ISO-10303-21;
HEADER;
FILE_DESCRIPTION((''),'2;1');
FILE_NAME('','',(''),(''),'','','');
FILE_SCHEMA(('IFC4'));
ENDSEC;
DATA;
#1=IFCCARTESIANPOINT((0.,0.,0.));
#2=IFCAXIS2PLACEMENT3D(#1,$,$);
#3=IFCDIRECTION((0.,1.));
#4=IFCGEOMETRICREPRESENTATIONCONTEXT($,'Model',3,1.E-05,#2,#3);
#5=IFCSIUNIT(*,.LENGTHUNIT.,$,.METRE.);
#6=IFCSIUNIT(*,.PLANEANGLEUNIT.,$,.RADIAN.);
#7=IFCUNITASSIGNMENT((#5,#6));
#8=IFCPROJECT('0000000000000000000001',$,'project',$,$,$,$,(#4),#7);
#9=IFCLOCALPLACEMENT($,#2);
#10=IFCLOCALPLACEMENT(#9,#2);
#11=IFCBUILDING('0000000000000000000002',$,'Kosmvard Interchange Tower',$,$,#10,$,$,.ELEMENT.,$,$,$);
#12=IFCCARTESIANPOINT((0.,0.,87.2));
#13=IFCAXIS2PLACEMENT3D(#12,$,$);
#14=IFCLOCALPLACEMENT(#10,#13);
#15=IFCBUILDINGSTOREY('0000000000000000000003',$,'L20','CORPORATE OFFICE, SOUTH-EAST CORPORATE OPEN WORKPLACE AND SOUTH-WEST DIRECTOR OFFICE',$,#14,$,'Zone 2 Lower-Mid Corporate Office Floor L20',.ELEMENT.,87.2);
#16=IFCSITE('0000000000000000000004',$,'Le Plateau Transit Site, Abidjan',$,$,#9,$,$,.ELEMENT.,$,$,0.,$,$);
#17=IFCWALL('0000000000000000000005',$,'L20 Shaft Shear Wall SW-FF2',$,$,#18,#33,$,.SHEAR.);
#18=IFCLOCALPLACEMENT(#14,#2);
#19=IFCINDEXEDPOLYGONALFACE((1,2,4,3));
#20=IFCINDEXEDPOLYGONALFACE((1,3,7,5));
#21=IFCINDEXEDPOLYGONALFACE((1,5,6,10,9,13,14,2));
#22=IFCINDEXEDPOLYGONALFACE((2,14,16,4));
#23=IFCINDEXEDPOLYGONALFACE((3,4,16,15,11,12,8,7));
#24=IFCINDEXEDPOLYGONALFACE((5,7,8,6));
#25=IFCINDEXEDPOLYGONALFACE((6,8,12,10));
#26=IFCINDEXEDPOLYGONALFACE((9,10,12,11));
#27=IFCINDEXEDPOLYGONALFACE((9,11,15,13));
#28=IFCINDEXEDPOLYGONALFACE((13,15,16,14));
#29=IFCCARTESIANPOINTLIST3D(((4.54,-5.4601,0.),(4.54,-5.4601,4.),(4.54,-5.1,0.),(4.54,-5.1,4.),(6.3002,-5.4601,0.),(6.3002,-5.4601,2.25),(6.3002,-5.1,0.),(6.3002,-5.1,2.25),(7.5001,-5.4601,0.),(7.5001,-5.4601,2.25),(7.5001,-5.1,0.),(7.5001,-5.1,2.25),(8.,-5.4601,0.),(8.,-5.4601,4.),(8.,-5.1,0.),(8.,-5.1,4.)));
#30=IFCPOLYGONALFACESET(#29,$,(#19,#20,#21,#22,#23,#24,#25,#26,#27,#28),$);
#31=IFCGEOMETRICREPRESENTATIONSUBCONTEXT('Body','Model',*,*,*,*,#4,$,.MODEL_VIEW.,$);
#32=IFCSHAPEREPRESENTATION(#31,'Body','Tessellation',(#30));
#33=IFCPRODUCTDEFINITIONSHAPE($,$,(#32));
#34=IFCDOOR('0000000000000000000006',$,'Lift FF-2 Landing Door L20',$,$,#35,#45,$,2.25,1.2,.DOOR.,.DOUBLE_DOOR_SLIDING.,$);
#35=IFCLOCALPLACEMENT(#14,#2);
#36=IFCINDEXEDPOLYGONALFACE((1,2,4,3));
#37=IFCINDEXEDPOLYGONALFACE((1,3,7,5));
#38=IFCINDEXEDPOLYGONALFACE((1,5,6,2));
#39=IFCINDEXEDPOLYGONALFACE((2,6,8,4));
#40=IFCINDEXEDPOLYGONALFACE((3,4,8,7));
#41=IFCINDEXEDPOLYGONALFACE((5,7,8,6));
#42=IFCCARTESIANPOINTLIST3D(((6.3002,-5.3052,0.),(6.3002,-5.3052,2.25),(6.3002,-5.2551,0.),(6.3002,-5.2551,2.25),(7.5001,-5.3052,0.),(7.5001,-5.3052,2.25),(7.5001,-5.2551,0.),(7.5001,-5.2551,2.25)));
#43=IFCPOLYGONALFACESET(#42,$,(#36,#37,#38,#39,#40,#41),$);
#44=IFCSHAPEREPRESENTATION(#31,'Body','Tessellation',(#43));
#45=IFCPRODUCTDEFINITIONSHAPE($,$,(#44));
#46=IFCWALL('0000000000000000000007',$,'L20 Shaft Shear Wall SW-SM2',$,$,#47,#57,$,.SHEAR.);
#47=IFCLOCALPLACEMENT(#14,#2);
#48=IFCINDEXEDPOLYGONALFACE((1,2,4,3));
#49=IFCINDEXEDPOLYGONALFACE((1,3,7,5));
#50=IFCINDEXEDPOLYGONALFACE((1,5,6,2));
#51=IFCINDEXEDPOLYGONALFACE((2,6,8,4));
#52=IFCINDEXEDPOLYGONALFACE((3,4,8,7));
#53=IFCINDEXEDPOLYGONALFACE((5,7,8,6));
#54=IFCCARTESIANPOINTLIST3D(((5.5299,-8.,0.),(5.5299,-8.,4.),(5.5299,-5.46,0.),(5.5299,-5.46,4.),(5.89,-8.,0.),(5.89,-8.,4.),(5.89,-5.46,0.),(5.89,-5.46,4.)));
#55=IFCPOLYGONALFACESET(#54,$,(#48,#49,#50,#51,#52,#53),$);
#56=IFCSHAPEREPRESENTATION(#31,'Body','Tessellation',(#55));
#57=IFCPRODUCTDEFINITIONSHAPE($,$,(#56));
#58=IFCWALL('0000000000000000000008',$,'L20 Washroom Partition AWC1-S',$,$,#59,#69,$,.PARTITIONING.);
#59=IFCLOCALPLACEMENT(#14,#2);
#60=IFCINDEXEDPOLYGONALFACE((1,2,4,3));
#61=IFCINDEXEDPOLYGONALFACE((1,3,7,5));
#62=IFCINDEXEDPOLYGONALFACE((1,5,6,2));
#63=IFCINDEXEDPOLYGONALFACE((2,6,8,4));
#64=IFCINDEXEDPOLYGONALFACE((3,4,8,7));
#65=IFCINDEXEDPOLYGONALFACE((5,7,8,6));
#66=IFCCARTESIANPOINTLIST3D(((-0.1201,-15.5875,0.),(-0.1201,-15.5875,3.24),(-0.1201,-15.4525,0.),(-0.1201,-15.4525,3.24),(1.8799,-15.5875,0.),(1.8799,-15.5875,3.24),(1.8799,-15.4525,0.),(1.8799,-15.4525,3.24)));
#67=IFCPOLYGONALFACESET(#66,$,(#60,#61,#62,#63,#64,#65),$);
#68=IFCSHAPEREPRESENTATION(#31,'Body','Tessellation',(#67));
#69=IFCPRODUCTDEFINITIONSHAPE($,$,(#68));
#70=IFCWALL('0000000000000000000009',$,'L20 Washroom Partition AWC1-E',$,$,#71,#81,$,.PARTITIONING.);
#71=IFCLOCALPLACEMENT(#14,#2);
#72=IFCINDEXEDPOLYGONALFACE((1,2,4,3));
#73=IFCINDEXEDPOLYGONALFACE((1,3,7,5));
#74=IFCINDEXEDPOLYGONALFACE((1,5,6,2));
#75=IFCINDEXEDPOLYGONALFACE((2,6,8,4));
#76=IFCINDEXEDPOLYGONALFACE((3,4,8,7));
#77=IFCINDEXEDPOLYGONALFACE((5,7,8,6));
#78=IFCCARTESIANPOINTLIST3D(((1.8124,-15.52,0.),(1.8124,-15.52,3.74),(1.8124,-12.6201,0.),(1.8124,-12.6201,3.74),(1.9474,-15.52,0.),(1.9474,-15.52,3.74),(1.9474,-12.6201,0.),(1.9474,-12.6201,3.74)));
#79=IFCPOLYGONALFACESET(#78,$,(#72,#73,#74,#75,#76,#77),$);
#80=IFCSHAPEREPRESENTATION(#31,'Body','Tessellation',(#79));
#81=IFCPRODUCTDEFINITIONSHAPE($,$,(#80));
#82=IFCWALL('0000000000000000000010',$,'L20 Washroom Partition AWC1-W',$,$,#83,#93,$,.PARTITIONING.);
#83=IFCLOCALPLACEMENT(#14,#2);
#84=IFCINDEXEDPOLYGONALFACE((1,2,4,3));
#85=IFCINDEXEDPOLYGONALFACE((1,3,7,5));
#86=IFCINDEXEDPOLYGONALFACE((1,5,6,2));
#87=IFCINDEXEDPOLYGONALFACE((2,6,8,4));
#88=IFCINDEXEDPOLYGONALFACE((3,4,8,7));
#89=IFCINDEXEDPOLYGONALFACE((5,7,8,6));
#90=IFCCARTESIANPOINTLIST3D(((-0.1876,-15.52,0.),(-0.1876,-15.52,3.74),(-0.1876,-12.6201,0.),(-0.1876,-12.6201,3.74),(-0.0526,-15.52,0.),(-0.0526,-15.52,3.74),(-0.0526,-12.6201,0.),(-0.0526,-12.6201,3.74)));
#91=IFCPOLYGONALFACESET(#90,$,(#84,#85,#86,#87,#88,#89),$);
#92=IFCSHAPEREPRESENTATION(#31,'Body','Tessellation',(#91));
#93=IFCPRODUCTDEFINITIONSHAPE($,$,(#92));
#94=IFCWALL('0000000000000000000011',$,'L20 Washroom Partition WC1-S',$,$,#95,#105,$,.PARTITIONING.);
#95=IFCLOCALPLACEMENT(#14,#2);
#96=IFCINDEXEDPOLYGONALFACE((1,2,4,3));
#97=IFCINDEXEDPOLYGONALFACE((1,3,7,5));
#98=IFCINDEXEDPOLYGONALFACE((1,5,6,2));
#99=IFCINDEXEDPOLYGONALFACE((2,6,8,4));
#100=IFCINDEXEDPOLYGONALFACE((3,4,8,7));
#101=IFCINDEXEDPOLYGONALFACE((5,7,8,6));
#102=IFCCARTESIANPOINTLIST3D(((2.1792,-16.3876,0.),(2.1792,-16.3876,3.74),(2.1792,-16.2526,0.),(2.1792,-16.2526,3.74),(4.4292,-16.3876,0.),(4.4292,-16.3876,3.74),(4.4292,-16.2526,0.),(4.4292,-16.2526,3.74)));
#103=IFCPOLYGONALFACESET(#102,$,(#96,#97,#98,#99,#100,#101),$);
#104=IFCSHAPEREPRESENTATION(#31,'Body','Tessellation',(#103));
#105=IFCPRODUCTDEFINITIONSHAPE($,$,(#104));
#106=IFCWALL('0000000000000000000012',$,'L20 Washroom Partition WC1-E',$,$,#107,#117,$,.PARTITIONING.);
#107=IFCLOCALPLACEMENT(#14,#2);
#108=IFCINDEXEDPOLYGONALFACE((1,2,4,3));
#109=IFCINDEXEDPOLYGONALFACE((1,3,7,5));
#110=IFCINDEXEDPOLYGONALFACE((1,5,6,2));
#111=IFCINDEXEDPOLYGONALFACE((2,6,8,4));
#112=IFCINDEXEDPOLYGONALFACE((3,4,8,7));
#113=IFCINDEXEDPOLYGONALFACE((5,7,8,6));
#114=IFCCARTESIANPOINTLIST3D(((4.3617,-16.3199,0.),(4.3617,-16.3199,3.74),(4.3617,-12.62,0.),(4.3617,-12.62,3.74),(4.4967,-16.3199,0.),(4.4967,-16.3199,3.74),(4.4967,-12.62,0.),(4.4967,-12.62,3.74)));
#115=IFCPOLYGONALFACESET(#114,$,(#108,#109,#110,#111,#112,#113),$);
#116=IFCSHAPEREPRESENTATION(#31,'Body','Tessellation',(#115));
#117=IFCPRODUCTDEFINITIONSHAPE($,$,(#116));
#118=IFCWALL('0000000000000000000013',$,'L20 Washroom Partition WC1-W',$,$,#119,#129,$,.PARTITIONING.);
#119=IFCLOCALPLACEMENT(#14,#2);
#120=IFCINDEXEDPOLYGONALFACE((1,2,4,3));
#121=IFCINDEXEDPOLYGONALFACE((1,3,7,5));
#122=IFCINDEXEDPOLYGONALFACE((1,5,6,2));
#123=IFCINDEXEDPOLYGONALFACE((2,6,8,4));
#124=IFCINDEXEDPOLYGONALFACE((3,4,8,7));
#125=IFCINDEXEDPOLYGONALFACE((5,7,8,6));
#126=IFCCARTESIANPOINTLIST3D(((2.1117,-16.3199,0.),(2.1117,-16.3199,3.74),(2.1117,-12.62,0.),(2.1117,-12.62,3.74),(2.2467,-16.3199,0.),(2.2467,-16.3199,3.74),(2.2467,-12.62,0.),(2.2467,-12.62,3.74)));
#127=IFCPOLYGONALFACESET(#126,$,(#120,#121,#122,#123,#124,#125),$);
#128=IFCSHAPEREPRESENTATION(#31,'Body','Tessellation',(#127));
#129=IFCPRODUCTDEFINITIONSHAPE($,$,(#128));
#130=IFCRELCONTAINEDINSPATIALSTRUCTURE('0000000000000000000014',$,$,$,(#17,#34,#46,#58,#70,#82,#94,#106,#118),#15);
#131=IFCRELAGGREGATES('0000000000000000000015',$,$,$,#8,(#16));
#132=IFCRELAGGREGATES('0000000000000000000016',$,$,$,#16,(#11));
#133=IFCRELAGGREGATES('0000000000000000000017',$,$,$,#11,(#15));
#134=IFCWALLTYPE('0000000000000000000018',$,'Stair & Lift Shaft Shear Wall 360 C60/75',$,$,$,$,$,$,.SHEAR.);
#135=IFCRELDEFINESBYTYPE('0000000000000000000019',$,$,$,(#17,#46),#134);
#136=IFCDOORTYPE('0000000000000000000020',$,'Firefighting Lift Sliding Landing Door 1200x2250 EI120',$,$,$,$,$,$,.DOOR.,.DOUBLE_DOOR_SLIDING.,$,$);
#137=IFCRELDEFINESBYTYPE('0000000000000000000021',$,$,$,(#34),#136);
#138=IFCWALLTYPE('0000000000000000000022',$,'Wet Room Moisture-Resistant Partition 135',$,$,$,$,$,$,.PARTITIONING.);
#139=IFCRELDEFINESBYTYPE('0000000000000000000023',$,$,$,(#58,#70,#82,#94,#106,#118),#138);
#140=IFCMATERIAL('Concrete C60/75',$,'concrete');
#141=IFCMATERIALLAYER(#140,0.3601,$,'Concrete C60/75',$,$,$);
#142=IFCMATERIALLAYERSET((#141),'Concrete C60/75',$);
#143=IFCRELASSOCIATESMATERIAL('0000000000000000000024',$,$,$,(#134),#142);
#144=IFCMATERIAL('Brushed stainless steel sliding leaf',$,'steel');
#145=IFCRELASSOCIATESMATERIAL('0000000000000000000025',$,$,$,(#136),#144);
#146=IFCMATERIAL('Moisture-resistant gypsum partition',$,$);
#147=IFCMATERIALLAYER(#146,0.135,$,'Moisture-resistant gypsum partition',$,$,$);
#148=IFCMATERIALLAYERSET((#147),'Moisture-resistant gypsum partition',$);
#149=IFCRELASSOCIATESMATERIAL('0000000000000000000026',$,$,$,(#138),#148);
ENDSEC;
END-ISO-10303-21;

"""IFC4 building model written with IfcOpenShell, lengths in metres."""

from ifc_helpers import new_model, si_unit, direction, frame, frame_2d, origin, place, context, subcontext, project, spatial, rectangle, extrude, source, transform, mapped, material, layer, layer_set, type_object, element, fill, save


model = new_model("IFC4")

# Units and contexts
model_context = context("Model", 3, precision=1e-05, world=origin(), true_north=direction((0.0, 1.0)))
body_context = subcontext(model_context, "Body", "Model", "MODEL_VIEW")
ifc_project = project(units=[si_unit("LENGTHUNIT", "METRE"), si_unit("PLANEANGLEUNIT", "RADIAN")], contexts=[model_context])

# Site, building, storey
site_placement = place(None, origin())
site = spatial("IfcSite", under=ifc_project, at=site_placement, Name="Le Plateau Transit Site, Abidjan", CompositionType="ELEMENT", RefElevation=0.0)
building_placement = place(site_placement, origin())
building = spatial("IfcBuilding", under=site, at=building_placement, Name="Kosmvard Interchange Tower", CompositionType="ELEMENT")
storey_placement = place(building_placement, frame((0.0, 0.0, 87.2)))
storey = spatial("IfcBuildingStorey", under=building, at=storey_placement, Name="L20", Description="CORPORATE OFFICE, SOUTH-EAST CORPORATE OPEN WORKPLACE AND SOUTH-WEST DIRECTOR OFFICE", LongName="Zone 2 Lower-Mid Corporate Office Floor L20", CompositionType="ELEMENT", Elevation=87.2)

# Shared definitions
ifc_material_1 = material(Name="Concrete C60/75", Category="concrete")

# Shared definitions
ifc_material_2 = material(Name="Brushed stainless steel sliding leaf", Category="steel")

# Shared definitions
ifc_layer_1 = layer(ifc_material_1, 0.3601, Name="Concrete C60/75")
ifc_layer_set_1 = layer_set([ifc_layer_1], Name="Concrete C60/75")
wall_type_1 = type_object("IfcWallType", Name="Stair & Lift Shaft Shear Wall 360 C60/75", PredefinedType="SHEAR", material=ifc_layer_set_1)

# Wall, opening, door
wall_1_placement = place(storey_placement, frame((4.54, -5.28, 0.0), z_axis=(0.0, 0.0, 1.0), x_axis=(1.0, 0.0, 0.0)))
wall_1 = element("IfcWall", 1, at=wall_1_placement, inside=storey, type_object=wall_type_1, Name="L20 Shaft Shear Wall SW-FF2", PredefinedType="SHEAR", context=body_context, shape_type="SweptSolid", body=[
    extrude(rectangle(XDim=3.46, YDim=0.3601, at=frame_2d((1.73, 0.0))), origin(), (0.0, 0.0, 1.0), 4.0),
])
opening_1_placement = place(wall_1_placement, frame((1.76, 0.0, 0.0)))
opening_1 = element("IfcOpeningElement", 2, at=opening_1_placement, cuts=wall_1, PredefinedType="OPENING", context=body_context, shape_type="SweptSolid", body=[
    extrude(rectangle(XDim=1.2, YDim=2.25, at=frame_2d((0.6001, 1.125))), frame((0.0, 0.1899, 0.0), z_axis=(0.0, -1.0, 0.0), x_axis=(1.0, 0.0, 0.0)), (0.0, 0.0, 1.0), 0.3801),
])
door_type_1 = type_object("IfcDoorType", Name="Firefighting Lift Sliding Landing Door 1200x2250 EI120", OperationType="DOUBLE_DOOR_SLIDING", PredefinedType="DOOR", material=ifc_material_2)
shared_shape_1 = source(origin(), body_context, "Body", "SweptSolid", [
    extrude(rectangle(XDim=1.2, YDim=2.25, at=frame_2d((0.6001, 1.125))), frame((0.0, 0.0249, 0.0), z_axis=(0.0, -1.0, 0.0), x_axis=(1.0, 0.0, 0.0)), (0.0, 0.0, 1.0), 0.05),
])
door_1_placement = place(opening_1_placement, origin())
door_1 = element("IfcDoor", 3, at=door_1_placement, inside=storey, type_object=door_type_1, Name="Lift FF-2 Landing Door L20", OperationType="DOUBLE_DOOR_SLIDING", OverallHeight=2.25, OverallWidth=1.2, PredefinedType="DOOR", context=body_context, shape_type="MappedRepresentation", body=[
    mapped(shared_shape_1, transform((0.0, 0.0, 0.0), scale=1.0)),
])
fill(opening_1, door_1)

# Walls
wall_2_placement = place(storey_placement, frame((5.71, -8.0, 0.0), z_axis=(0.0, 0.0, 1.0), x_axis=(0.0, 1.0, 0.0)))
element("IfcWall", 4, at=wall_2_placement, inside=storey, type_object=wall_type_1, Name="L20 Shaft Shear Wall SW-SM2", PredefinedType="SHEAR", context=body_context, shape_type="SweptSolid", body=[
    extrude(rectangle(XDim=2.54, YDim=0.3601, at=frame_2d((1.27, 0.0))), origin(), (0.0, 0.0, 1.0), 4.0),
])
ifc_material_3 = material(Name="Moisture-resistant gypsum partition")
ifc_layer_2 = layer(ifc_material_3, 0.135, Name="Moisture-resistant gypsum partition")
ifc_layer_set_2 = layer_set([ifc_layer_2], Name="Moisture-resistant gypsum partition")
wall_type_2 = type_object("IfcWallType", Name="Wet Room Moisture-Resistant Partition 135", PredefinedType="PARTITIONING", material=ifc_layer_set_2)
wall_3_placement = place(storey_placement, frame((-0.1201, -15.52, 0.0), z_axis=(0.0, 0.0, 1.0), x_axis=(1.0, 0.0, 0.0)))
element("IfcWall", 5, at=wall_3_placement, inside=storey, type_object=wall_type_2, Name="L20 Washroom Partition AWC1-S", PredefinedType="PARTITIONING", context=body_context, shape_type="SweptSolid", body=[
    extrude(rectangle(XDim=2.0, YDim=0.135, at=frame_2d((1.0, 0.0))), origin(), (0.0, 0.0, 1.0), 3.24),
])
for number, where, z_axis, x_axis, name in (
    (6, (1.8799, -15.52, 0.0), (0.0, 0.0, 1.0), (0.0, 1.0, 0.0), "L20 Washroom Partition AWC1-E"),
    (7, (-0.1201, -15.52, 0.0), (0.0, 0.0, 1.0), (0.0, 1.0, 0.0), "L20 Washroom Partition AWC1-W"),
):
    element("IfcWall", number, at=place(storey_placement, frame(where, z_axis=z_axis, x_axis=x_axis)), inside=storey, type_object=wall_type_2, Name=name, PredefinedType="PARTITIONING", context=body_context, shape_type="SweptSolid", body=[
        extrude(rectangle(XDim=2.8999, YDim=0.135, at=frame_2d((1.45, 0.0))), origin(), (0.0, 0.0, 1.0), 3.74),
    ])
wall_4_placement = place(storey_placement, frame((2.1792, -16.3201, 0.0), z_axis=(0.0, 0.0, 1.0), x_axis=(1.0, 0.0, 0.0)))
element("IfcWall", 8, at=wall_4_placement, inside=storey, type_object=wall_type_2, Name="L20 Washroom Partition WC1-S", PredefinedType="PARTITIONING", context=body_context, shape_type="SweptSolid", body=[
    extrude(rectangle(XDim=2.25, YDim=0.135, at=frame_2d((1.125, 0.0))), origin(), (0.0, 0.0, 1.0), 3.74),
])
for number, where, z_axis, x_axis, name in (
    (9, (4.4292, -16.3201, 0.0), (0.0, 0.0, 1.0), (0.0, 1.0, 0.0), "L20 Washroom Partition WC1-E"),
    (10, (2.1792, -16.3201, 0.0), (0.0, 0.0, 1.0), (0.0, 1.0, 0.0), "L20 Washroom Partition WC1-W"),
):
    element("IfcWall", number, at=place(storey_placement, frame(where, z_axis=z_axis, x_axis=x_axis)), inside=storey, type_object=wall_type_2, Name=name, PredefinedType="PARTITIONING", context=body_context, shape_type="SweptSolid", body=[
        extrude(rectangle(XDim=3.7, YDim=0.135, at=frame_2d((1.8501, 0.0))), origin(), (0.0, 0.0, 1.0), 3.74),
    ])

save(model, "model.ifc")
